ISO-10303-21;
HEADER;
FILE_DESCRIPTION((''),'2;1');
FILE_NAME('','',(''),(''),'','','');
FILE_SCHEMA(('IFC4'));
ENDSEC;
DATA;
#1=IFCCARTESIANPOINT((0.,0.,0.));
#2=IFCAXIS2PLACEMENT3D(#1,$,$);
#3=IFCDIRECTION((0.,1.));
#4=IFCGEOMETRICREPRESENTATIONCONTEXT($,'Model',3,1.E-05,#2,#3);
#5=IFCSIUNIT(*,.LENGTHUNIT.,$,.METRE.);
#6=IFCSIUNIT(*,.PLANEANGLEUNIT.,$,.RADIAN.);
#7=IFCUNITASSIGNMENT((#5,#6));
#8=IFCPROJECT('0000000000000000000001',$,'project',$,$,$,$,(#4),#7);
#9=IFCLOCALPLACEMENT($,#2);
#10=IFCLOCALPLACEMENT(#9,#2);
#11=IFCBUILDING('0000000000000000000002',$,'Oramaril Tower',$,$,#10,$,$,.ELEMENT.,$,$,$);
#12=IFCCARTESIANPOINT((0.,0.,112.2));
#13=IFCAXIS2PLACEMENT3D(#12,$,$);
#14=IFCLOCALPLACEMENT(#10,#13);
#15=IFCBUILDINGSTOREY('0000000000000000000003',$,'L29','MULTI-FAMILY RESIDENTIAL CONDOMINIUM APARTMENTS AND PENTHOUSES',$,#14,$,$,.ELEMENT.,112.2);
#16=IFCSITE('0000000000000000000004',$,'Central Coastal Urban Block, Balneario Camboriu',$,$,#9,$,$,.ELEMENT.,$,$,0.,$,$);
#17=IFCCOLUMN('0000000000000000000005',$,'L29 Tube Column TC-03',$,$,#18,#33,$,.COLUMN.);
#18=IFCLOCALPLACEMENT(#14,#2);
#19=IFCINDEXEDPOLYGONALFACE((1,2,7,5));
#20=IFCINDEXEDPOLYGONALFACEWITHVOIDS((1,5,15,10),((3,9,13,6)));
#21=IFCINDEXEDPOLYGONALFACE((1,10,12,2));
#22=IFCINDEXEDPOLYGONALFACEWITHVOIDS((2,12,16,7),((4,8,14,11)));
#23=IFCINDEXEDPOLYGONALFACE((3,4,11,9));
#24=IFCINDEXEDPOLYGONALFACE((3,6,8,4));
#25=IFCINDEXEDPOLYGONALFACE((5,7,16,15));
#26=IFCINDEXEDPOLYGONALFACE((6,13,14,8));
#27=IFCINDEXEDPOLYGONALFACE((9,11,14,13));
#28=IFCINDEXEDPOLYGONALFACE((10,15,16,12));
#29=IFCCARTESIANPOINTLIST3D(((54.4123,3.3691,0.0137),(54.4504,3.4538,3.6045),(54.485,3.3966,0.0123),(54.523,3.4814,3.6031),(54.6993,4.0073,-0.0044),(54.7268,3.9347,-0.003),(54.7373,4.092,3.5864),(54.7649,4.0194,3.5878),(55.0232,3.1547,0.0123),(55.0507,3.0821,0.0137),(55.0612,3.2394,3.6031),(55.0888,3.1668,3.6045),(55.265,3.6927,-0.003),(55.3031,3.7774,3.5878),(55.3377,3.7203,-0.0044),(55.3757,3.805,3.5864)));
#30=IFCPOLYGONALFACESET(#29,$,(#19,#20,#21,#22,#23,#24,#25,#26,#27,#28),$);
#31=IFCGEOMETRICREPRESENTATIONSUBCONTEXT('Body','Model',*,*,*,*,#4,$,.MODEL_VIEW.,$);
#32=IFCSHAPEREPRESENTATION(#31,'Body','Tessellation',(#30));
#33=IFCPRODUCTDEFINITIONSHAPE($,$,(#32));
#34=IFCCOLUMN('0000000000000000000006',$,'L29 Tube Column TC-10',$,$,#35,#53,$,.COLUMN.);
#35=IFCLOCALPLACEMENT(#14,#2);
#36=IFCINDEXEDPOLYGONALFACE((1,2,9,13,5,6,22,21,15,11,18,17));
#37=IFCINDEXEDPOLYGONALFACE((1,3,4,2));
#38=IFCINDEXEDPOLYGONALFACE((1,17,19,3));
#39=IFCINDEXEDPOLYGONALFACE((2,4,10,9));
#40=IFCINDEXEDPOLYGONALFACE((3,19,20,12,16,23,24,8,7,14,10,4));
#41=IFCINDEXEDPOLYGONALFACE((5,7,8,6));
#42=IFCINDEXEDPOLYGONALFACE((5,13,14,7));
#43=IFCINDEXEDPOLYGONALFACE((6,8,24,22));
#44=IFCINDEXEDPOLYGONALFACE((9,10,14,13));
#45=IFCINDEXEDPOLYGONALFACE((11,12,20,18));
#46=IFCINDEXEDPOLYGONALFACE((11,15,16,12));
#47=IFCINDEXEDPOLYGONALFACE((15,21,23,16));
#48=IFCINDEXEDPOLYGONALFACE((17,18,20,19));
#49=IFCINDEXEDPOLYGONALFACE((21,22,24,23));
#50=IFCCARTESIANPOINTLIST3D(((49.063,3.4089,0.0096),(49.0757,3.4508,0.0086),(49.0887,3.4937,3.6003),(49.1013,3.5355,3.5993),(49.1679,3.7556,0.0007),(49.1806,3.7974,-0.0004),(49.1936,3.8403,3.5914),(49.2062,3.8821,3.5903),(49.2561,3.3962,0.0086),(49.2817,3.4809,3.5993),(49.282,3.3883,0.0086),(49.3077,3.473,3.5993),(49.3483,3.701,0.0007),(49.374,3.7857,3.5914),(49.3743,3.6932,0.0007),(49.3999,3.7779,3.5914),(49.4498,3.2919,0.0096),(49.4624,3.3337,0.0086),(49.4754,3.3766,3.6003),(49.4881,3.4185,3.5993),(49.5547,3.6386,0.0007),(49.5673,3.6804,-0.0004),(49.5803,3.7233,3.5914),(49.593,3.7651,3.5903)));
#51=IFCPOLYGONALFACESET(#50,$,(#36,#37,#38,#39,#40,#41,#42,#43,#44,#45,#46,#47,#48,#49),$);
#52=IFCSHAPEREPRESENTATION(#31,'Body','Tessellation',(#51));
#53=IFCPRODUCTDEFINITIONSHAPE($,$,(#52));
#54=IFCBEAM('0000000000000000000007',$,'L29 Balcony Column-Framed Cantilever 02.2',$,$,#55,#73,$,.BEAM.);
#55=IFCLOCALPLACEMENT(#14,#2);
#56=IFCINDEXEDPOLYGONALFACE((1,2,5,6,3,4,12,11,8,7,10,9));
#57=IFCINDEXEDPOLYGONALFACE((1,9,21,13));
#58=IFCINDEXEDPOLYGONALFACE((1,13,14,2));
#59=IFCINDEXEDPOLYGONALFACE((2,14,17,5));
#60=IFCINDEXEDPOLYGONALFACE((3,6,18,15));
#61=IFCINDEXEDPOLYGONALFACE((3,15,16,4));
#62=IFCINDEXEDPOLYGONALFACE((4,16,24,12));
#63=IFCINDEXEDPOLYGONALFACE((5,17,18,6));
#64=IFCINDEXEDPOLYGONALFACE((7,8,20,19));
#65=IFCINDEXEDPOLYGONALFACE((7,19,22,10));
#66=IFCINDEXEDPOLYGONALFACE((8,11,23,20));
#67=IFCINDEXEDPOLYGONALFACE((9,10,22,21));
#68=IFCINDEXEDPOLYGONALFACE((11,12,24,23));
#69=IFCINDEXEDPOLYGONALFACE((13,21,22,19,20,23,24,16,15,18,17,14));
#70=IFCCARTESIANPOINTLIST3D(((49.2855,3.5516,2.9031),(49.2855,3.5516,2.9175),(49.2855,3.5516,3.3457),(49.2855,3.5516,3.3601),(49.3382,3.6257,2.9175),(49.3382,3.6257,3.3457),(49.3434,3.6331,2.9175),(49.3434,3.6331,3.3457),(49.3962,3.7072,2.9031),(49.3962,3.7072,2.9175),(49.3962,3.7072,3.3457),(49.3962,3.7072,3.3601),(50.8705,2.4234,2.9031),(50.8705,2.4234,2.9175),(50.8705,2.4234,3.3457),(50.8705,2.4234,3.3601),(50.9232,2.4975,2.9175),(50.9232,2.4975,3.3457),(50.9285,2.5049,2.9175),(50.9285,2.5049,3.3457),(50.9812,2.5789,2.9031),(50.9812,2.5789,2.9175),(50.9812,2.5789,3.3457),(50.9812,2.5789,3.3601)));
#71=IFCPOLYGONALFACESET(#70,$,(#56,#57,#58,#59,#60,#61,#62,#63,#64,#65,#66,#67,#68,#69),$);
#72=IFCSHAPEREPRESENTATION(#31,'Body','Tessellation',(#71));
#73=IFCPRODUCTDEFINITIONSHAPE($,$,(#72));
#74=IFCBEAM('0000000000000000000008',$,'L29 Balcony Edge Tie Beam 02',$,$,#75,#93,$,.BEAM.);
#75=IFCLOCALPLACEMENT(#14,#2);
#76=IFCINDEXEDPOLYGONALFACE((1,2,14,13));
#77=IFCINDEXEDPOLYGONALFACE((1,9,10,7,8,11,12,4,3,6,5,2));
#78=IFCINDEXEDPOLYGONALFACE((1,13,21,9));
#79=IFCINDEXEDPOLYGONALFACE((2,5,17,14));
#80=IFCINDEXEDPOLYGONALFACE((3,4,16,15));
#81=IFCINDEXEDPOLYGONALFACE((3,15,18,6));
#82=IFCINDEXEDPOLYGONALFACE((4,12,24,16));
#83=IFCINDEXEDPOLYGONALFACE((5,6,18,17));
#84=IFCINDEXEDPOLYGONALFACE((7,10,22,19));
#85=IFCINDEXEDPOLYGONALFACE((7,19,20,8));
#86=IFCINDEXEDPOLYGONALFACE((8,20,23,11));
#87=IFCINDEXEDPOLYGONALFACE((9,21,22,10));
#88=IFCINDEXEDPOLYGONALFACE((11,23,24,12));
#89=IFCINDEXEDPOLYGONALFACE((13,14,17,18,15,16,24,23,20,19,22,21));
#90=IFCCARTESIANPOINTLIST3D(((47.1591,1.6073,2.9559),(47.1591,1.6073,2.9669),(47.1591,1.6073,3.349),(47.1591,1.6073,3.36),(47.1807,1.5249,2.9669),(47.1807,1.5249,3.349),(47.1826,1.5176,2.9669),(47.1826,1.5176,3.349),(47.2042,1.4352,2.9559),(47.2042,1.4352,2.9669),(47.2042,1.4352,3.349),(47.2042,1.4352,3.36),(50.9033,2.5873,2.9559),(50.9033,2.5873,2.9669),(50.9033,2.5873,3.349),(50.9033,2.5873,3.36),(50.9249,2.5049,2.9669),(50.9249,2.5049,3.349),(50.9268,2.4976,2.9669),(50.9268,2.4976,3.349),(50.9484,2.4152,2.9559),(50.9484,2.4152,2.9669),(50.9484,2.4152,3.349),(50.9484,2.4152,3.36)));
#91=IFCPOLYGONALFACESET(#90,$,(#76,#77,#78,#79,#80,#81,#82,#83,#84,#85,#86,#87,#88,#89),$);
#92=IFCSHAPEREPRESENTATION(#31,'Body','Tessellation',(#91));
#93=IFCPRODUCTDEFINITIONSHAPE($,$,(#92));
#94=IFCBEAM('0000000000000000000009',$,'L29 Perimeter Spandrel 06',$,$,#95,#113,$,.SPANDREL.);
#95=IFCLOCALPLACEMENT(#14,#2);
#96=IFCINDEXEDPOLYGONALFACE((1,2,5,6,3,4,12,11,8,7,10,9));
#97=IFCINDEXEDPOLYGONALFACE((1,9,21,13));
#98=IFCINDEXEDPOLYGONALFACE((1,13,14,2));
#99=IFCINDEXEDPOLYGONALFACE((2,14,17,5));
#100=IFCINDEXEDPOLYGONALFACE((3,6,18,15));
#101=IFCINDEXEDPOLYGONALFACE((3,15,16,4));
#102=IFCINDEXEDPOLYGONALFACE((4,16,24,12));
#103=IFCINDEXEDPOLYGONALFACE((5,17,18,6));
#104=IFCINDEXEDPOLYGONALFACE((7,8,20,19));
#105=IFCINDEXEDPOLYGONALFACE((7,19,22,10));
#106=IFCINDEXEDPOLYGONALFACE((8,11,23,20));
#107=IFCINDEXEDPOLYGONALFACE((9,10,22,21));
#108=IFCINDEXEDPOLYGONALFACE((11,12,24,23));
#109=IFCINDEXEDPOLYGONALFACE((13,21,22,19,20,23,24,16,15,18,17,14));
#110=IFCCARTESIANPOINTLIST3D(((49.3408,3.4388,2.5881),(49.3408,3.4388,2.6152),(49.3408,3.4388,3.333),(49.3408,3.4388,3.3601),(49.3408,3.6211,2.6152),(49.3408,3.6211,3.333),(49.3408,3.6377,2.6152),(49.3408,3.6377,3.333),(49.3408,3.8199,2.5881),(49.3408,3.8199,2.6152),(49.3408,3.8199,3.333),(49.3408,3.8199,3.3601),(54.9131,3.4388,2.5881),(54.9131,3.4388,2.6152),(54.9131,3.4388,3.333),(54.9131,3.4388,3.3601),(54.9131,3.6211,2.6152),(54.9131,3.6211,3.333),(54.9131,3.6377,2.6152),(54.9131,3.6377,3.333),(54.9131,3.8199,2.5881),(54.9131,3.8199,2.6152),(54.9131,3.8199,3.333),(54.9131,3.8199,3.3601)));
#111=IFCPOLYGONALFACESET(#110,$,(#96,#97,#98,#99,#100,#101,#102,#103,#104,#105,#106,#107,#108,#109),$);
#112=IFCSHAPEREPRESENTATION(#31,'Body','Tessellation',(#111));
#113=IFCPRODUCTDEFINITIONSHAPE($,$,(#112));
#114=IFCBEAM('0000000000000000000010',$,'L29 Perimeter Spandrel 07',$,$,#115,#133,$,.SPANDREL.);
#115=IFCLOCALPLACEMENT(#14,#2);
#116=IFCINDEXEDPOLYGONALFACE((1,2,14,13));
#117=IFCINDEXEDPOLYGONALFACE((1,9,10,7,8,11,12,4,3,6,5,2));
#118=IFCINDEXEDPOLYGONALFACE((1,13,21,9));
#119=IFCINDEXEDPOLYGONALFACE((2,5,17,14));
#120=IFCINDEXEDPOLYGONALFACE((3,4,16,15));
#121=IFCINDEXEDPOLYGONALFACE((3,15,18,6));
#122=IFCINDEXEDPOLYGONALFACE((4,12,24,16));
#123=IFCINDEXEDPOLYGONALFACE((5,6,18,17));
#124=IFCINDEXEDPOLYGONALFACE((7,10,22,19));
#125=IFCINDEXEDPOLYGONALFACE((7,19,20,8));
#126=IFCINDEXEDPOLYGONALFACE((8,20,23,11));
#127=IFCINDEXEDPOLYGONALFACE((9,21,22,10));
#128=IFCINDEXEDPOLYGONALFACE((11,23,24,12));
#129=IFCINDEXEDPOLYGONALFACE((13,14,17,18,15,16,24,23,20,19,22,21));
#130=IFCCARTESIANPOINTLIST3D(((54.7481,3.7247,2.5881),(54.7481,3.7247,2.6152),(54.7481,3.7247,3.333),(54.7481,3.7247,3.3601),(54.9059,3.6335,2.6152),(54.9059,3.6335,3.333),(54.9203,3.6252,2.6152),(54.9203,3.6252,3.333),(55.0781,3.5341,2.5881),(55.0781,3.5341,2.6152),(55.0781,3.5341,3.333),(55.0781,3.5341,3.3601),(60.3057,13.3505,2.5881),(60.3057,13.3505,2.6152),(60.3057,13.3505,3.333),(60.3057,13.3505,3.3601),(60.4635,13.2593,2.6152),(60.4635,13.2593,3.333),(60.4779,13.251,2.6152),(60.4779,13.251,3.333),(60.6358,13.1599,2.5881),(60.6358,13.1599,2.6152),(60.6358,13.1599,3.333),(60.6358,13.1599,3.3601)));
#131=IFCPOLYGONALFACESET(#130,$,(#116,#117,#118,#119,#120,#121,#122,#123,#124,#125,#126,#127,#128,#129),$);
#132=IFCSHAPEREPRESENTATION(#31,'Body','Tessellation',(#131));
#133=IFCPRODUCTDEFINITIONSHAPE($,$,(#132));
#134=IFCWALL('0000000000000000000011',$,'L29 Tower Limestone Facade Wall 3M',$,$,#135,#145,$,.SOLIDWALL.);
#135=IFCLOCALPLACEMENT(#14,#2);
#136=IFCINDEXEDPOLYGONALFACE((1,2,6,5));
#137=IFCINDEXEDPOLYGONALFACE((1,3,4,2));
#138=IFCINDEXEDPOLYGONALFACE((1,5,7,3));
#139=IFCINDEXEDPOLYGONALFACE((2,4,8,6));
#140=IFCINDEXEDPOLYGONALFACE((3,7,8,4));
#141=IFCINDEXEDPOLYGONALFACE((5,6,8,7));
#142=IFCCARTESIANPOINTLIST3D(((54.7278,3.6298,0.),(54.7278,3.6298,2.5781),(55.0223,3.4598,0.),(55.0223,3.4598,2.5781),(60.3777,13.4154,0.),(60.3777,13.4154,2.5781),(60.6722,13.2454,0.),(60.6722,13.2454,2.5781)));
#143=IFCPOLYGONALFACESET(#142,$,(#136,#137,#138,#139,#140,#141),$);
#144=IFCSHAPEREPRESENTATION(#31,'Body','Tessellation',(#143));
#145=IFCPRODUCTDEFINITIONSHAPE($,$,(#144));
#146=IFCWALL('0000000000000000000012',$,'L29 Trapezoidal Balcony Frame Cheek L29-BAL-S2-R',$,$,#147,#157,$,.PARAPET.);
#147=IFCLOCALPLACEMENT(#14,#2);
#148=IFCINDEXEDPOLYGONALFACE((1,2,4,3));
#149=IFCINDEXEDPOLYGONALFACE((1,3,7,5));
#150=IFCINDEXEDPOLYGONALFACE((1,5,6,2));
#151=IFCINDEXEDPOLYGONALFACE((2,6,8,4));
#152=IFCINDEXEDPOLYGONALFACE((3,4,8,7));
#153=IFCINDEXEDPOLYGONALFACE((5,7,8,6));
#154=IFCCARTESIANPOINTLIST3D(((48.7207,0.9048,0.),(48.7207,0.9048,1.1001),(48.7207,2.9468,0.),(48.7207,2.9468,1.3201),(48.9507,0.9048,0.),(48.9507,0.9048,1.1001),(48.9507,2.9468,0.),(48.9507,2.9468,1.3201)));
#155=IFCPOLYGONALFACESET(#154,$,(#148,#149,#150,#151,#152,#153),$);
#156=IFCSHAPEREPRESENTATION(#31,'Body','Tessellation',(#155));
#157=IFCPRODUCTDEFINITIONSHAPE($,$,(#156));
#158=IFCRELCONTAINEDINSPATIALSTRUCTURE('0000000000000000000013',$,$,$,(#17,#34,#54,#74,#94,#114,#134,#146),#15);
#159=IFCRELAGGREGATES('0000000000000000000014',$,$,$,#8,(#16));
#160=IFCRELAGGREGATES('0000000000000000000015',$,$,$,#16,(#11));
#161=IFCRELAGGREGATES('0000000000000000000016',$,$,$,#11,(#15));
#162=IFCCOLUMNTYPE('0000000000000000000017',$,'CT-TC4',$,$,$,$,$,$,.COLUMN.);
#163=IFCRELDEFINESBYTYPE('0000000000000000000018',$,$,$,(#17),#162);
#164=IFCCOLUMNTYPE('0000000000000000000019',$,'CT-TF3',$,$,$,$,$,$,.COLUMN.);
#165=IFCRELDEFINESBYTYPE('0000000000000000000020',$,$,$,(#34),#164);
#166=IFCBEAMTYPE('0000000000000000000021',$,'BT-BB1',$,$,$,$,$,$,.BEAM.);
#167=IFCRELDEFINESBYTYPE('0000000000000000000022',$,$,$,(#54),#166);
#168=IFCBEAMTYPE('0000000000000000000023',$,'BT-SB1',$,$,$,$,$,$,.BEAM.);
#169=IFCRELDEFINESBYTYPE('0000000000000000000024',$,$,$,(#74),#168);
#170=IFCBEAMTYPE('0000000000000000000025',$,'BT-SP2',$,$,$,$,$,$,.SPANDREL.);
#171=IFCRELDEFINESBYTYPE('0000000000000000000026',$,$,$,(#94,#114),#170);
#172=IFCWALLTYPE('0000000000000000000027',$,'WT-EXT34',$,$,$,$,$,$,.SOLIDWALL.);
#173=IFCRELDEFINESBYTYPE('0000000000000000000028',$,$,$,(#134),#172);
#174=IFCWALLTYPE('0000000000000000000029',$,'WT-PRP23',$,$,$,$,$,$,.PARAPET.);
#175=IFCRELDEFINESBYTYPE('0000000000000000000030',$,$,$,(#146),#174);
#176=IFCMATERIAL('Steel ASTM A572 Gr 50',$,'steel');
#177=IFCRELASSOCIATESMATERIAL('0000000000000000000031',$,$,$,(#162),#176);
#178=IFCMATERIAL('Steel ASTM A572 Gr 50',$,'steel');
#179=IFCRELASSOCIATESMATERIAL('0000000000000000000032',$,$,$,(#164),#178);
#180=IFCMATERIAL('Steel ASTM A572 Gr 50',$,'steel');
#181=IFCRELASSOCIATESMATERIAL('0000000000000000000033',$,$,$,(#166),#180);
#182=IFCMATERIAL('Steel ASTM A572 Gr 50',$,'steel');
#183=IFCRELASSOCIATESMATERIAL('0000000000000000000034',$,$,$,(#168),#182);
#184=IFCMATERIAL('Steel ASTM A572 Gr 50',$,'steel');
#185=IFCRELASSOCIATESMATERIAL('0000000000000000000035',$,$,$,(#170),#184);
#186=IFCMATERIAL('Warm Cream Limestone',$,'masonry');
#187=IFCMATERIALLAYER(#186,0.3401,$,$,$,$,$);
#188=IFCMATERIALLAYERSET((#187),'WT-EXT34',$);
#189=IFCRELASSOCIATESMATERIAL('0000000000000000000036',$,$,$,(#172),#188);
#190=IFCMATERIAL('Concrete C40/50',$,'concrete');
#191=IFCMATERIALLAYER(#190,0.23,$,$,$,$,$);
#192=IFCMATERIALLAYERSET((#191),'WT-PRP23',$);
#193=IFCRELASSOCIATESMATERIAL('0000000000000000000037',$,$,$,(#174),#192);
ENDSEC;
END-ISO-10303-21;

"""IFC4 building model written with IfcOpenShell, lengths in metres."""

from ifc_helpers import new_model, si_unit, direction, frame, frame_2d, origin, origin_2d, place, context, subcontext, project, spatial, polyline, rectangle, hollow_rectangle, i_section, outline, extrude, material, layer, layer_set, material_profile, profile_set, type_object, element, save


model = new_model("IFC4")

# Units and contexts
model_context = context("Model", 3, precision=1e-05, world=origin(), true_north=direction((0.0, 1.0)))
body_context = subcontext(model_context, "Body", "Model", "MODEL_VIEW")
ifc_project = project(units=[si_unit("LENGTHUNIT", "METRE"), si_unit("PLANEANGLEUNIT", "RADIAN")], contexts=[model_context])

# Site, building, storey
site_placement = place(None, origin())
site = spatial("IfcSite", under=ifc_project, at=site_placement, Name="Central Coastal Urban Block, Balneario Camboriu", CompositionType="ELEMENT", RefElevation=0.0)
building_placement = place(site_placement, origin())
building = spatial("IfcBuilding", under=site, at=building_placement, Name="Oramaril Tower", CompositionType="ELEMENT")
storey_placement = place(building_placement, frame((0.0, 0.0, 112.2)))
storey = spatial("IfcBuildingStorey", under=building, at=storey_placement, Name="L29", Description="MULTI-FAMILY RESIDENTIAL CONDOMINIUM APARTMENTS AND PENTHOUSES", CompositionType="ELEMENT", Elevation=112.2)

# Columns
ifc_material_1 = material(Name="Steel ASTM A572 Gr 50", Category="steel")
ifc_material_profile_1 = material_profile(ifc_material_1, hollow_rectangle(XDim=0.7, YDim=0.7, WallThickness=0.0549, at=origin_2d()), Name="BOX700X700X55")
ifc_profile_set_1 = profile_set([ifc_material_profile_1], Name="Steel ASTM A572 Gr 50")
column_type_1 = type_object("IfcColumnType", Name="CT-TC4", PredefinedType="COLUMN", material=ifc_profile_set_1)
column_1_placement = place(storey_placement, frame((54.875, 3.5447, 0.0046), z_axis=(0.010603, 0.023585, 0.999666), x_axis=(-0.912069, 0.410037, 0.0)))
element("IfcColumn", 1, at=column_1_placement, inside=storey, type_object=column_type_1, Name="L29 Tube Column TC-03", PredefinedType="COLUMN", context=body_context, shape_type="SweptSolid", body=[
    extrude(hollow_rectangle(XDim=0.7, YDim=0.7, WallThickness=0.0549, at=origin_2d()), origin(), (0.0, 0.0, 1.0), 3.592),
])
ifc_material_2 = material(Name="Steel ASTM A572 Gr 50", Category="steel")
ifc_material_profile_2 = material_profile(ifc_material_2, i_section(OverallWidth=0.4041, OverallDepth=0.406, WebThickness=0.0271, FlangeThickness=0.0437, at=origin_2d()), Name="W14X233")
ifc_profile_set_2 = profile_set([ifc_material_profile_2], Name="Steel ASTM A572 Gr 50")
column_type_2 = type_object("IfcColumnType", Name="CT-TF3", PredefinedType="COLUMN", material=ifc_profile_set_2)
column_2_placement = place(storey_placement, frame((49.3152, 3.5447, 0.0046), z_axis=(0.007137, 0.023585, 0.999696), x_axis=(-0.95714, 0.289625, 0.0)))
element("IfcColumn", 2, at=column_2_placement, inside=storey, type_object=column_type_2, Name="L29 Tube Column TC-10", PredefinedType="COLUMN", context=body_context, shape_type="SweptSolid", body=[
    extrude(i_section(OverallWidth=0.4041, OverallDepth=0.406, WebThickness=0.0271, FlangeThickness=0.0437, at=origin_2d()), origin(), (0.0, 0.0, 1.0), 3.5918),
])

# Beams
ifc_material_3 = material(Name="Steel ASTM A572 Gr 50", Category="steel")
ifc_material_profile_3 = material_profile(ifc_material_3, i_section(OverallWidth=0.1909, OverallDepth=0.457, WebThickness=0.009, FlangeThickness=0.0144, at=origin_2d()), Name="W18X50")
ifc_profile_set_3 = profile_set([ifc_material_profile_3], Name="Steel ASTM A572 Gr 50")
beam_type_1 = type_object("IfcBeamType", Name="BT-BB1", PredefinedType="BEAM", material=ifc_profile_set_3)
beam_1_placement = place(storey_placement, frame((49.3408, 3.6294, 3.1316), z_axis=(0.814691, -0.579896, 0.0), x_axis=(0.579896, 0.814691, 0.0)))
element("IfcBeam", 3, at=beam_1_placement, inside=storey, type_object=beam_type_1, Name="L29 Balcony Column-Framed Cantilever 02.2", PredefinedType="BEAM", context=body_context, shape_type="SweptSolid", body=[
    extrude(i_section(OverallWidth=0.1909, OverallDepth=0.457, WebThickness=0.009, FlangeThickness=0.0144, at=origin_2d()), origin(), (0.0, 0.0, 1.0), 1.9456),
])
ifc_material_4 = material(Name="Steel ASTM A572 Gr 50", Category="steel")
ifc_material_profile_4 = material_profile(ifc_material_4, i_section(OverallWidth=0.178, OverallDepth=0.4041, WebThickness=0.0076, FlangeThickness=0.011, at=origin_2d()), Name="W16X36")
ifc_profile_set_4 = profile_set([ifc_material_profile_4], Name="Steel ASTM A572 Gr 50")
beam_type_2 = type_object("IfcBeamType", Name="BT-SB1", PredefinedType="BEAM", material=ifc_profile_set_4)
beam_2_placement = place(storey_placement, frame((47.1816, 1.5212, 3.158), z_axis=(0.967412, 0.253208, 0.0), x_axis=(-0.253208, 0.967412, 0.0)))
element("IfcBeam", 4, at=beam_2_placement, inside=storey, type_object=beam_type_2, Name="L29 Balcony Edge Tie Beam 02", PredefinedType="BEAM", context=body_context, shape_type="SweptSolid", body=[
    extrude(i_section(OverallWidth=0.178, OverallDepth=0.4041, WebThickness=0.0076, FlangeThickness=0.011, at=origin_2d()), origin(), (0.0, 0.0, 1.0), 3.8704),
])
ifc_material_5 = material(Name="Steel ASTM A572 Gr 50", Category="steel")
ifc_material_profile_5 = material_profile(ifc_material_5, i_section(OverallWidth=0.3811, OverallDepth=0.772, WebThickness=0.0166, FlangeThickness=0.0271, at=origin_2d()), Name="W30X173")
ifc_profile_set_5 = profile_set([ifc_material_profile_5], Name="Steel ASTM A572 Gr 50")
beam_type_3 = type_object("IfcBeamType", Name="BT-SP2", PredefinedType="SPANDREL", material=ifc_profile_set_5)
beam_3_placement = place(storey_placement, frame((49.3408, 3.6294, 2.9741), z_axis=(1.0, 0.0, 0.0), x_axis=(0.0, 1.0, 0.0)))
element("IfcBeam", 5, at=beam_3_placement, inside=storey, type_object=beam_type_3, Name="L29 Perimeter Spandrel 06", PredefinedType="SPANDREL", context=body_context, shape_type="SweptSolid", body=[
    extrude(i_section(OverallWidth=0.3811, OverallDepth=0.772, WebThickness=0.0166, FlangeThickness=0.0271, at=origin_2d()), origin(), (0.0, 0.0, 1.0), 5.5723),
])
beam_4_placement = place(storey_placement, frame((54.9131, 3.6294, 2.9741), z_axis=(0.500013, 0.866018, 0.0), x_axis=(-0.866018, 0.500013, 0.0)))
element("IfcBeam", 6, at=beam_4_placement, inside=storey, type_object=beam_type_3, Name="L29 Perimeter Spandrel 07", PredefinedType="SPANDREL", context=body_context, shape_type="SweptSolid", body=[
    extrude(i_section(OverallWidth=0.3811, OverallDepth=0.772, WebThickness=0.0166, FlangeThickness=0.0271, at=origin_2d()), origin(), (0.0, 0.0, 1.0), 11.115),
])

# Walls
ifc_material_6 = material(Name="Warm Cream Limestone", Category="masonry")
ifc_layer_1 = layer(ifc_material_6, 0.3401)
ifc_layer_set_1 = layer_set([ifc_layer_1], Name="WT-EXT34")
wall_type_1 = type_object("IfcWallType", Name="WT-EXT34", PredefinedType="SOLIDWALL", material=ifc_layer_set_1)
wall_1_placement = place(storey_placement, frame((54.875, 3.5447, 0.0), z_axis=(0.0, 0.0, 1.0), x_axis=(0.50001, 0.866019, 0.0)))
element("IfcWall", 7, at=wall_1_placement, inside=storey, type_object=wall_type_1, Name="L29 Tower Limestone Facade Wall 3M", PredefinedType="SOLIDWALL", context=body_context, shape_type="SweptSolid", body=[
    extrude(rectangle(XDim=11.2996, YDim=0.3401, at=frame_2d((5.6499, 0.0))), origin(), (0.0, 0.0, 1.0), 2.5781),
])
ifc_material_7 = material(Name="Concrete C40/50", Category="concrete")
ifc_layer_2 = layer(ifc_material_7, 0.23)
ifc_layer_set_2 = layer_set([ifc_layer_2], Name="WT-PRP23")
wall_type_2 = type_object("IfcWallType", Name="WT-PRP23", PredefinedType="PARAPET", material=ifc_layer_set_2)
wall_2_placement = place(storey_placement, frame((48.8357, 2.9468, 0.0), z_axis=(0.0, 0.0, 1.0), x_axis=(0.0, -1.0, 0.0)))
element("IfcWall", 8, at=wall_2_placement, inside=storey, type_object=wall_type_2, Name="L29 Trapezoidal Balcony Frame Cheek L29-BAL-S2-R", PredefinedType="PARAPET", context=body_context, shape_type="SweptSolid", body=[
    extrude(outline(polyline([(0.0, 0.0), (2.042, 0.0), (2.042, 1.1001), (0.0, 1.3201), (0.0, 0.0)])), frame((0.0, 0.115, 0.0), z_axis=(0.0, -1.0, 0.0), x_axis=(1.0, 0.0, 0.0)), (0.0, 0.0, 1.0), 0.23),
])

save(model, "model.ifc")
